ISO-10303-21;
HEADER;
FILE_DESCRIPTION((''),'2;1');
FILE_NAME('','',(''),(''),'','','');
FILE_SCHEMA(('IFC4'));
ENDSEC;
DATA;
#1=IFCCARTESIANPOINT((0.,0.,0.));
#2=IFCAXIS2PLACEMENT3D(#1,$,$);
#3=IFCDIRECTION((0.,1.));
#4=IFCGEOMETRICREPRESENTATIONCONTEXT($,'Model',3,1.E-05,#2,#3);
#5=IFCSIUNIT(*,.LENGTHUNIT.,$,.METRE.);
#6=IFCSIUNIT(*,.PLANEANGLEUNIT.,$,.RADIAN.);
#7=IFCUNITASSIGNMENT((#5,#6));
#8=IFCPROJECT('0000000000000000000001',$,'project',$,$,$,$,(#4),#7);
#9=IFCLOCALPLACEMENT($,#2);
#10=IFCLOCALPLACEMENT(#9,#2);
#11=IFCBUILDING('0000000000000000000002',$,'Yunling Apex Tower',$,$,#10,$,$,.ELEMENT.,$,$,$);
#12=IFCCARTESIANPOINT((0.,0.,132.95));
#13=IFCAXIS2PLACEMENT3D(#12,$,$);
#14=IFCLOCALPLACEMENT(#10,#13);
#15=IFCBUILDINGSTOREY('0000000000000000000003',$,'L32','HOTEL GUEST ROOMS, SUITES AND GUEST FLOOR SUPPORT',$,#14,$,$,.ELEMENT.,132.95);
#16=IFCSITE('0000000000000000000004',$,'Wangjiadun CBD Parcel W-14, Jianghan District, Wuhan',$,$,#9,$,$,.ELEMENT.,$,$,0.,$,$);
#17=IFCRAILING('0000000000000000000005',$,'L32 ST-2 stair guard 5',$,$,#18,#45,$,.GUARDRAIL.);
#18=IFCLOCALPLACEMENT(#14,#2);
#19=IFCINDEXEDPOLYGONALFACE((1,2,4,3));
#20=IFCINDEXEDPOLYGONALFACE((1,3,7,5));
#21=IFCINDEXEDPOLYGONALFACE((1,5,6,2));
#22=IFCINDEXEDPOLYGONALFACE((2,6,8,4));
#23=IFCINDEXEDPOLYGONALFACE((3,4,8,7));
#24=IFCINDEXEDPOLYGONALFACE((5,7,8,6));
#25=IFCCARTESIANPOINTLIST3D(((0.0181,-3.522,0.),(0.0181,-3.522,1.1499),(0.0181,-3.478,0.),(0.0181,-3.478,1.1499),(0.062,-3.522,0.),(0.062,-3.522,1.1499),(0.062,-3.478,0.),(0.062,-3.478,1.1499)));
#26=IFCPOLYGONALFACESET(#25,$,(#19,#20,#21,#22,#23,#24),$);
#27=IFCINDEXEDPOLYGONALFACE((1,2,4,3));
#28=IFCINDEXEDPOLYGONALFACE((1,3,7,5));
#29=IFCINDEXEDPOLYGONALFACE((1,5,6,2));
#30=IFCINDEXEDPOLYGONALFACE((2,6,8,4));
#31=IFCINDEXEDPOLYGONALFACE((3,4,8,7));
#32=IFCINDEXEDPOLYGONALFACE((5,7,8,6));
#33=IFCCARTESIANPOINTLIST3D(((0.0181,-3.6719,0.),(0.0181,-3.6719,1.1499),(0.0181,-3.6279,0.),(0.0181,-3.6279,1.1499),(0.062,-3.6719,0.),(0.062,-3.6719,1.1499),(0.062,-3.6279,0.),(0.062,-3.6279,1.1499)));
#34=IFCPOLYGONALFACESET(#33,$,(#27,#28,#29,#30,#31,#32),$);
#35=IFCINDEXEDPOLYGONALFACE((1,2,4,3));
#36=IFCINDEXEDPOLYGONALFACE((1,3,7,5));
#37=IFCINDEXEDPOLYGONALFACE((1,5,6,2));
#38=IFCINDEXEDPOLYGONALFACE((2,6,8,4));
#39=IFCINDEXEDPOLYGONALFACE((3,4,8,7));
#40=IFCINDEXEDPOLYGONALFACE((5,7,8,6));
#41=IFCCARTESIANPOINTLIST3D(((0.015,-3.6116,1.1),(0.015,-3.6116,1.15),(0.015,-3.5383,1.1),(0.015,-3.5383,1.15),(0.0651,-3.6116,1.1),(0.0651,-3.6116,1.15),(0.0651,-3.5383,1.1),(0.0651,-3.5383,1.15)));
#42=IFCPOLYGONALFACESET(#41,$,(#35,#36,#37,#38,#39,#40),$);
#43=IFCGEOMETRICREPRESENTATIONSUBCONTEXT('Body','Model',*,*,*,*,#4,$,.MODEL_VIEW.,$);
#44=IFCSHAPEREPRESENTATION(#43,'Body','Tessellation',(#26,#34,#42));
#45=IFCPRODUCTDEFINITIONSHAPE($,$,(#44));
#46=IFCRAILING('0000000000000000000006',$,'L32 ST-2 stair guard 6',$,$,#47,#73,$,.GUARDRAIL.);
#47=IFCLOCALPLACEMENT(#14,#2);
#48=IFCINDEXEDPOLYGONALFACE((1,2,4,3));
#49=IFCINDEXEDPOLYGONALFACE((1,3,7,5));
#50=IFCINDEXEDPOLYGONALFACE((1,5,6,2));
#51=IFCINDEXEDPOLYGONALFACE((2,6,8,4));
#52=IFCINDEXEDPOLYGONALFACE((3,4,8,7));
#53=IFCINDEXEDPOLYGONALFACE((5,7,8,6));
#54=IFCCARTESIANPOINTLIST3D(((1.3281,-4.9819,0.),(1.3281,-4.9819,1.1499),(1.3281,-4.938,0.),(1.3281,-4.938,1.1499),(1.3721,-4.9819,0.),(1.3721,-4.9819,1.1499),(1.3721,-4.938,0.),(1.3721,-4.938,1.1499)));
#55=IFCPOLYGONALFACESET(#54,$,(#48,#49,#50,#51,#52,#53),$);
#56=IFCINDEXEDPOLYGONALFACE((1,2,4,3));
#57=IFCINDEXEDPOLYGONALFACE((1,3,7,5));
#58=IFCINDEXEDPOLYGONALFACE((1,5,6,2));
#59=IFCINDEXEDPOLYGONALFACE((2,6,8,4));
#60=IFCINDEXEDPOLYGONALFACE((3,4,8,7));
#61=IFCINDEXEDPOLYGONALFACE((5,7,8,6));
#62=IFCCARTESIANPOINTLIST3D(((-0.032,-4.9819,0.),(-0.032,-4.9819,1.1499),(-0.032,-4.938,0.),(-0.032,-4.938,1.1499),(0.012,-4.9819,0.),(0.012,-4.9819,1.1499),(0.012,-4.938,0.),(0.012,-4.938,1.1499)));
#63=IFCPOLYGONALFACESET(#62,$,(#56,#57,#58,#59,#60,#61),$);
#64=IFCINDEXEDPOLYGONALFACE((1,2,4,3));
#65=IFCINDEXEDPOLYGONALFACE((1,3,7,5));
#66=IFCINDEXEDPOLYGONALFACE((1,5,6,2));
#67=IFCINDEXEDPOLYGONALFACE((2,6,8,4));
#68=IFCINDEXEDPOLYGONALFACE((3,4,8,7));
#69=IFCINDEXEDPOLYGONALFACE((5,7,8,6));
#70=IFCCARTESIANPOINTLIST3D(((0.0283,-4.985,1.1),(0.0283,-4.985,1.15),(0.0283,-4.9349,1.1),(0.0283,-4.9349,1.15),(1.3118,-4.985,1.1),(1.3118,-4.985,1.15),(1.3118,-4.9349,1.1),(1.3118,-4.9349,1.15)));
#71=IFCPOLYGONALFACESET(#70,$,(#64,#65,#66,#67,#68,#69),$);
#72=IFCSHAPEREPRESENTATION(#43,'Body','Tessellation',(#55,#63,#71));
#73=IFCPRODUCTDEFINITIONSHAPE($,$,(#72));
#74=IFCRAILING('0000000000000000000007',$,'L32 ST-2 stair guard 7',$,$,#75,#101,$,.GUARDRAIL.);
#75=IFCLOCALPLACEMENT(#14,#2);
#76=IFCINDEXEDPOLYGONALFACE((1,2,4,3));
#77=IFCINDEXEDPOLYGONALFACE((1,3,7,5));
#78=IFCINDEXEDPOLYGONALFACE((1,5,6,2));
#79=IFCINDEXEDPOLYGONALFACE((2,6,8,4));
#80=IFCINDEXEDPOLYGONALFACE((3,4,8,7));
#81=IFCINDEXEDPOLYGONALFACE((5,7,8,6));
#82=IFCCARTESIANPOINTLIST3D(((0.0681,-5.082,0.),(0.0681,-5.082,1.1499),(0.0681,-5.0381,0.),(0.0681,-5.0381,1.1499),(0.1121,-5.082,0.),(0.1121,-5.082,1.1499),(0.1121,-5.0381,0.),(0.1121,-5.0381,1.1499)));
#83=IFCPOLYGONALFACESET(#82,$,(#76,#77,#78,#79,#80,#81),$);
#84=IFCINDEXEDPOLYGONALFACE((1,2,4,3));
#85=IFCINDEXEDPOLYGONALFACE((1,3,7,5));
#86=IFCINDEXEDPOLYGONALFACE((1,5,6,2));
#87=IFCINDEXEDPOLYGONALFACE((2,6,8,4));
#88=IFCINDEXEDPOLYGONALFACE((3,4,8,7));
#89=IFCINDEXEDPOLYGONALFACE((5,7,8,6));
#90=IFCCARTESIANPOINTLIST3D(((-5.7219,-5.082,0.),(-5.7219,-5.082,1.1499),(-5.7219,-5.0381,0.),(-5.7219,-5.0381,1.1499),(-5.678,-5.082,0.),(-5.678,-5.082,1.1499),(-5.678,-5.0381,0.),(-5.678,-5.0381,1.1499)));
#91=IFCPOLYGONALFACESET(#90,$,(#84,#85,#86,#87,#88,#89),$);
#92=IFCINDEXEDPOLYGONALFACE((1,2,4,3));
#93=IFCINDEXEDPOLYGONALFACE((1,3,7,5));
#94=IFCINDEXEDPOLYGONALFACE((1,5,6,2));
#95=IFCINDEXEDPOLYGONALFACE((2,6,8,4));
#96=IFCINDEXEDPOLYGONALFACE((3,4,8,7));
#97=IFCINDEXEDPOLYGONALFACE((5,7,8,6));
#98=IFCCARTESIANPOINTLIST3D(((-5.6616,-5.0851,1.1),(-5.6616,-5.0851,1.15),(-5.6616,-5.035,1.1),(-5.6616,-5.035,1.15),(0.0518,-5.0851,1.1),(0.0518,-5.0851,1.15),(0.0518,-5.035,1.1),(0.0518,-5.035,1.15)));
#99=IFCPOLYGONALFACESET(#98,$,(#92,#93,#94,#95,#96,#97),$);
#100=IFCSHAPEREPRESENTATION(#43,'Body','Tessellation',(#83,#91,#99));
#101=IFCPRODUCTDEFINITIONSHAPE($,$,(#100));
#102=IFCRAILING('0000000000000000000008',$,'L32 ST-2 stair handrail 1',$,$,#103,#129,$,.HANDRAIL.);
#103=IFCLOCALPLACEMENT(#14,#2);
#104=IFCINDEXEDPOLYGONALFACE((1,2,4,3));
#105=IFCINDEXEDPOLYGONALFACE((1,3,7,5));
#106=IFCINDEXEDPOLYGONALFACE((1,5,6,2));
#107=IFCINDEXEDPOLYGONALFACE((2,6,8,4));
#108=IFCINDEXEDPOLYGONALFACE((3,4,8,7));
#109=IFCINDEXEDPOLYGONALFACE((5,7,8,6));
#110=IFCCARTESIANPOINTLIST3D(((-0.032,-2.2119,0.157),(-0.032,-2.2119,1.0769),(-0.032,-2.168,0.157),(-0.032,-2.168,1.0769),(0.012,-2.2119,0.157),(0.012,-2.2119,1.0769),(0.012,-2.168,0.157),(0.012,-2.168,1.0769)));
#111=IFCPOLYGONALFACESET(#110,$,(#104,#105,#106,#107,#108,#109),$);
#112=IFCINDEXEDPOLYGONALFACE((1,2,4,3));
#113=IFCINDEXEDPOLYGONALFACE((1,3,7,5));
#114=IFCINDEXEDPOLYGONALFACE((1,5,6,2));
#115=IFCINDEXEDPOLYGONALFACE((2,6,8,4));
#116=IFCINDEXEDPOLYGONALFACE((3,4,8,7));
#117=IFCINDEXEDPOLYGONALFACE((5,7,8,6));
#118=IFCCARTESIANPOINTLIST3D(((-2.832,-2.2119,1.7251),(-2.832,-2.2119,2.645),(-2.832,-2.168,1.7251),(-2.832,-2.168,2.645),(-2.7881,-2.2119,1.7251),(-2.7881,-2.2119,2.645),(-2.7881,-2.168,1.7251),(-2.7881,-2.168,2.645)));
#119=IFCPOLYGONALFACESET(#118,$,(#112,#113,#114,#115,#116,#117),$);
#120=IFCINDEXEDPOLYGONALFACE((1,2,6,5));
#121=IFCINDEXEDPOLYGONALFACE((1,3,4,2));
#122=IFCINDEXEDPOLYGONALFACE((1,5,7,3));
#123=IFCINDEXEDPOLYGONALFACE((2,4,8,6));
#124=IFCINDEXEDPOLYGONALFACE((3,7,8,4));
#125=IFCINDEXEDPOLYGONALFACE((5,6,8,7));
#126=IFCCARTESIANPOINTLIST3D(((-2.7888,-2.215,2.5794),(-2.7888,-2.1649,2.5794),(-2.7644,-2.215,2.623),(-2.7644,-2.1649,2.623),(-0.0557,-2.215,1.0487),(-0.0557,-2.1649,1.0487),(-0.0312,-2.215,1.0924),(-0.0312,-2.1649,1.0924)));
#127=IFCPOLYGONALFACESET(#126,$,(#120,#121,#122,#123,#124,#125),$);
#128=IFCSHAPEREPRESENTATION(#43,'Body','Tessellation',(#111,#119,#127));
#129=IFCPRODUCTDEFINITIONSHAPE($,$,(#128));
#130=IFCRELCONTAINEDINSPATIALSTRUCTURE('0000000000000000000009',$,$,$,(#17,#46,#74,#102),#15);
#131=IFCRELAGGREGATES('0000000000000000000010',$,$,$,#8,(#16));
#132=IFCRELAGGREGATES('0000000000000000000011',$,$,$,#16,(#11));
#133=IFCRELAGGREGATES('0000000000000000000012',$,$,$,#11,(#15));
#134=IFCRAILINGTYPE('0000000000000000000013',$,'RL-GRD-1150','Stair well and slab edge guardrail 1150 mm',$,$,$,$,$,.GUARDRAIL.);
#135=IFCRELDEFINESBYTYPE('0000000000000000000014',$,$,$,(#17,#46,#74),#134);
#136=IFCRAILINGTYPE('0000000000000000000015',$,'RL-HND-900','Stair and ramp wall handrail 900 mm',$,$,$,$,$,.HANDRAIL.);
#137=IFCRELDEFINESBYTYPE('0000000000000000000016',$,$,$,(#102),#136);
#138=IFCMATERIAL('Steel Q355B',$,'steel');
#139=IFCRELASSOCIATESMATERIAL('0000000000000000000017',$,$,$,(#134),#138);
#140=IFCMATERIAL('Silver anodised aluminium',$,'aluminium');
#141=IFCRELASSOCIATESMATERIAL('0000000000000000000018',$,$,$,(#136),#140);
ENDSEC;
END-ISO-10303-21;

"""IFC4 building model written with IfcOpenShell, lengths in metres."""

from ifc_helpers import new_model, si_unit, direction, frame, origin, origin_2d, place, context, subcontext, project, spatial, rectangle, extrude, material, type_object, element, save


model = new_model("IFC4")

# Units and contexts
model_context = context("Model", 3, precision=1e-05, world=origin(), true_north=direction((0.0, 1.0)))
body_context = subcontext(model_context, "Body", "Model", "MODEL_VIEW")
ifc_project = project(units=[si_unit("LENGTHUNIT", "METRE"), si_unit("PLANEANGLEUNIT", "RADIAN")], contexts=[model_context])

# Site, building, storey
site_placement = place(None, origin())
site = spatial("IfcSite", under=ifc_project, at=site_placement, Name="Wangjiadun CBD Parcel W-14, Jianghan District, Wuhan", CompositionType="ELEMENT", RefElevation=0.0)
building_placement = place(site_placement, origin())
building = spatial("IfcBuilding", under=site, at=building_placement, Name="Yunling Apex Tower", CompositionType="ELEMENT")
storey_placement = place(building_placement, frame((0.0, 0.0, 132.95)))
storey = spatial("IfcBuildingStorey", under=building, at=storey_placement, Name="L32", Description="HOTEL GUEST ROOMS, SUITES AND GUEST FLOOR SUPPORT", CompositionType="ELEMENT", Elevation=132.95)

# Shared definitions
ifc_material_1 = material(Name="Steel Q355B", Category="steel")

# Railings
railing_type_1 = type_object("IfcRailingType", Name="RL-GRD-1150", Description="Stair well and slab edge guardrail 1150 mm", PredefinedType="GUARDRAIL", material=ifc_material_1)
railing_1_placement = place(storey_placement, frame((0.04, -3.5, 0.0)))
element("IfcRailing", 1, at=railing_1_placement, inside=storey, type_object=railing_type_1, Name="L32 ST-2 stair guard 5", PredefinedType="GUARDRAIL", context=body_context, shape_type="SweptSolid", body=[
    extrude(rectangle(XDim=0.0439, YDim=0.0439, at=origin_2d()), origin(), (0.0, 0.0, 1.0), 1.1499),
    extrude(rectangle(XDim=0.0439, YDim=0.0439, at=origin_2d()), frame((0.0, -0.1499, 0.0)), (0.0, 0.0, 1.0), 1.1499),
    extrude(rectangle(XDim=0.05, YDim=0.05, at=origin_2d()), frame((0.0, -0.0383, 1.125), z_axis=(0.0, -1.0, 0.0), x_axis=(1.0, 0.0, 0.0)), (0.0, 0.0, 1.0), 0.0732),
])
railing_2_placement = place(storey_placement, frame((1.3501, -4.96, 0.0)))
element("IfcRailing", 2, at=railing_2_placement, inside=storey, type_object=railing_type_1, Name="L32 ST-2 stair guard 6", PredefinedType="GUARDRAIL", context=body_context, shape_type="SweptSolid", body=[
    extrude(rectangle(XDim=0.0439, YDim=0.0439, at=origin_2d()), origin(), (0.0, 0.0, 1.0), 1.1499),
    extrude(rectangle(XDim=0.0439, YDim=0.0439, at=origin_2d()), frame((-1.3601, 0.0, 0.0)), (0.0, 0.0, 1.0), 1.1499),
    extrude(rectangle(XDim=0.05, YDim=0.05, at=origin_2d()), frame((-0.0383, 0.0, 1.125), z_axis=(-1.0, 0.0, 0.0), x_axis=(0.0, -1.0, 0.0)), (0.0, 0.0, 1.0), 1.2834),
])
railing_3_placement = place(storey_placement, frame((0.0901, -5.0601, 0.0)))
element("IfcRailing", 3, at=railing_3_placement, inside=storey, type_object=railing_type_1, Name="L32 ST-2 stair guard 7", PredefinedType="GUARDRAIL", context=body_context, shape_type="SweptSolid", body=[
    extrude(rectangle(XDim=0.0439, YDim=0.0439, at=origin_2d()), origin(), (0.0, 0.0, 1.0), 1.1499),
    extrude(rectangle(XDim=0.0439, YDim=0.0439, at=origin_2d()), frame((-5.79, 0.0, 0.0)), (0.0, 0.0, 1.0), 1.1499),
    extrude(rectangle(XDim=0.05, YDim=0.05, at=origin_2d()), frame((-0.0383, 0.0, 1.125), z_axis=(-1.0, 0.0, 0.0), x_axis=(0.0, -1.0, 0.0)), (0.0, 0.0, 1.0), 5.7134),
])
ifc_material_2 = material(Name="Silver anodised aluminium", Category="aluminium")
railing_type_2 = type_object("IfcRailingType", Name="RL-HND-900", Description="Stair and ramp wall handrail 900 mm", PredefinedType="HANDRAIL", material=ifc_material_2)
railing_4_placement = place(storey_placement, frame((-0.01, -2.1899, 0.157)))
element("IfcRailing", 4, at=railing_4_placement, inside=storey, type_object=railing_type_2, Name="L32 ST-2 stair handrail 1", PredefinedType="HANDRAIL", context=body_context, shape_type="SweptSolid", body=[
    extrude(rectangle(XDim=0.0439, YDim=0.0439, at=origin_2d()), origin(), (0.0, 0.0, 1.0), 0.9199),
    extrude(rectangle(XDim=0.0439, YDim=0.0439, at=origin_2d()), frame((-2.8, 0.0, 1.5681)), (0.0, 0.0, 1.0), 0.9199),
    extrude(rectangle(XDim=0.05, YDim=0.05, at=origin_2d()), frame((-0.0334, 0.0, 0.9136), z_axis=(-0.872494, 0.0, 0.488624), x_axis=(0.0, -1.0, 0.0)), (0.0, 0.0, 1.0), 3.1326),
])

save(model, "model.ifc")
